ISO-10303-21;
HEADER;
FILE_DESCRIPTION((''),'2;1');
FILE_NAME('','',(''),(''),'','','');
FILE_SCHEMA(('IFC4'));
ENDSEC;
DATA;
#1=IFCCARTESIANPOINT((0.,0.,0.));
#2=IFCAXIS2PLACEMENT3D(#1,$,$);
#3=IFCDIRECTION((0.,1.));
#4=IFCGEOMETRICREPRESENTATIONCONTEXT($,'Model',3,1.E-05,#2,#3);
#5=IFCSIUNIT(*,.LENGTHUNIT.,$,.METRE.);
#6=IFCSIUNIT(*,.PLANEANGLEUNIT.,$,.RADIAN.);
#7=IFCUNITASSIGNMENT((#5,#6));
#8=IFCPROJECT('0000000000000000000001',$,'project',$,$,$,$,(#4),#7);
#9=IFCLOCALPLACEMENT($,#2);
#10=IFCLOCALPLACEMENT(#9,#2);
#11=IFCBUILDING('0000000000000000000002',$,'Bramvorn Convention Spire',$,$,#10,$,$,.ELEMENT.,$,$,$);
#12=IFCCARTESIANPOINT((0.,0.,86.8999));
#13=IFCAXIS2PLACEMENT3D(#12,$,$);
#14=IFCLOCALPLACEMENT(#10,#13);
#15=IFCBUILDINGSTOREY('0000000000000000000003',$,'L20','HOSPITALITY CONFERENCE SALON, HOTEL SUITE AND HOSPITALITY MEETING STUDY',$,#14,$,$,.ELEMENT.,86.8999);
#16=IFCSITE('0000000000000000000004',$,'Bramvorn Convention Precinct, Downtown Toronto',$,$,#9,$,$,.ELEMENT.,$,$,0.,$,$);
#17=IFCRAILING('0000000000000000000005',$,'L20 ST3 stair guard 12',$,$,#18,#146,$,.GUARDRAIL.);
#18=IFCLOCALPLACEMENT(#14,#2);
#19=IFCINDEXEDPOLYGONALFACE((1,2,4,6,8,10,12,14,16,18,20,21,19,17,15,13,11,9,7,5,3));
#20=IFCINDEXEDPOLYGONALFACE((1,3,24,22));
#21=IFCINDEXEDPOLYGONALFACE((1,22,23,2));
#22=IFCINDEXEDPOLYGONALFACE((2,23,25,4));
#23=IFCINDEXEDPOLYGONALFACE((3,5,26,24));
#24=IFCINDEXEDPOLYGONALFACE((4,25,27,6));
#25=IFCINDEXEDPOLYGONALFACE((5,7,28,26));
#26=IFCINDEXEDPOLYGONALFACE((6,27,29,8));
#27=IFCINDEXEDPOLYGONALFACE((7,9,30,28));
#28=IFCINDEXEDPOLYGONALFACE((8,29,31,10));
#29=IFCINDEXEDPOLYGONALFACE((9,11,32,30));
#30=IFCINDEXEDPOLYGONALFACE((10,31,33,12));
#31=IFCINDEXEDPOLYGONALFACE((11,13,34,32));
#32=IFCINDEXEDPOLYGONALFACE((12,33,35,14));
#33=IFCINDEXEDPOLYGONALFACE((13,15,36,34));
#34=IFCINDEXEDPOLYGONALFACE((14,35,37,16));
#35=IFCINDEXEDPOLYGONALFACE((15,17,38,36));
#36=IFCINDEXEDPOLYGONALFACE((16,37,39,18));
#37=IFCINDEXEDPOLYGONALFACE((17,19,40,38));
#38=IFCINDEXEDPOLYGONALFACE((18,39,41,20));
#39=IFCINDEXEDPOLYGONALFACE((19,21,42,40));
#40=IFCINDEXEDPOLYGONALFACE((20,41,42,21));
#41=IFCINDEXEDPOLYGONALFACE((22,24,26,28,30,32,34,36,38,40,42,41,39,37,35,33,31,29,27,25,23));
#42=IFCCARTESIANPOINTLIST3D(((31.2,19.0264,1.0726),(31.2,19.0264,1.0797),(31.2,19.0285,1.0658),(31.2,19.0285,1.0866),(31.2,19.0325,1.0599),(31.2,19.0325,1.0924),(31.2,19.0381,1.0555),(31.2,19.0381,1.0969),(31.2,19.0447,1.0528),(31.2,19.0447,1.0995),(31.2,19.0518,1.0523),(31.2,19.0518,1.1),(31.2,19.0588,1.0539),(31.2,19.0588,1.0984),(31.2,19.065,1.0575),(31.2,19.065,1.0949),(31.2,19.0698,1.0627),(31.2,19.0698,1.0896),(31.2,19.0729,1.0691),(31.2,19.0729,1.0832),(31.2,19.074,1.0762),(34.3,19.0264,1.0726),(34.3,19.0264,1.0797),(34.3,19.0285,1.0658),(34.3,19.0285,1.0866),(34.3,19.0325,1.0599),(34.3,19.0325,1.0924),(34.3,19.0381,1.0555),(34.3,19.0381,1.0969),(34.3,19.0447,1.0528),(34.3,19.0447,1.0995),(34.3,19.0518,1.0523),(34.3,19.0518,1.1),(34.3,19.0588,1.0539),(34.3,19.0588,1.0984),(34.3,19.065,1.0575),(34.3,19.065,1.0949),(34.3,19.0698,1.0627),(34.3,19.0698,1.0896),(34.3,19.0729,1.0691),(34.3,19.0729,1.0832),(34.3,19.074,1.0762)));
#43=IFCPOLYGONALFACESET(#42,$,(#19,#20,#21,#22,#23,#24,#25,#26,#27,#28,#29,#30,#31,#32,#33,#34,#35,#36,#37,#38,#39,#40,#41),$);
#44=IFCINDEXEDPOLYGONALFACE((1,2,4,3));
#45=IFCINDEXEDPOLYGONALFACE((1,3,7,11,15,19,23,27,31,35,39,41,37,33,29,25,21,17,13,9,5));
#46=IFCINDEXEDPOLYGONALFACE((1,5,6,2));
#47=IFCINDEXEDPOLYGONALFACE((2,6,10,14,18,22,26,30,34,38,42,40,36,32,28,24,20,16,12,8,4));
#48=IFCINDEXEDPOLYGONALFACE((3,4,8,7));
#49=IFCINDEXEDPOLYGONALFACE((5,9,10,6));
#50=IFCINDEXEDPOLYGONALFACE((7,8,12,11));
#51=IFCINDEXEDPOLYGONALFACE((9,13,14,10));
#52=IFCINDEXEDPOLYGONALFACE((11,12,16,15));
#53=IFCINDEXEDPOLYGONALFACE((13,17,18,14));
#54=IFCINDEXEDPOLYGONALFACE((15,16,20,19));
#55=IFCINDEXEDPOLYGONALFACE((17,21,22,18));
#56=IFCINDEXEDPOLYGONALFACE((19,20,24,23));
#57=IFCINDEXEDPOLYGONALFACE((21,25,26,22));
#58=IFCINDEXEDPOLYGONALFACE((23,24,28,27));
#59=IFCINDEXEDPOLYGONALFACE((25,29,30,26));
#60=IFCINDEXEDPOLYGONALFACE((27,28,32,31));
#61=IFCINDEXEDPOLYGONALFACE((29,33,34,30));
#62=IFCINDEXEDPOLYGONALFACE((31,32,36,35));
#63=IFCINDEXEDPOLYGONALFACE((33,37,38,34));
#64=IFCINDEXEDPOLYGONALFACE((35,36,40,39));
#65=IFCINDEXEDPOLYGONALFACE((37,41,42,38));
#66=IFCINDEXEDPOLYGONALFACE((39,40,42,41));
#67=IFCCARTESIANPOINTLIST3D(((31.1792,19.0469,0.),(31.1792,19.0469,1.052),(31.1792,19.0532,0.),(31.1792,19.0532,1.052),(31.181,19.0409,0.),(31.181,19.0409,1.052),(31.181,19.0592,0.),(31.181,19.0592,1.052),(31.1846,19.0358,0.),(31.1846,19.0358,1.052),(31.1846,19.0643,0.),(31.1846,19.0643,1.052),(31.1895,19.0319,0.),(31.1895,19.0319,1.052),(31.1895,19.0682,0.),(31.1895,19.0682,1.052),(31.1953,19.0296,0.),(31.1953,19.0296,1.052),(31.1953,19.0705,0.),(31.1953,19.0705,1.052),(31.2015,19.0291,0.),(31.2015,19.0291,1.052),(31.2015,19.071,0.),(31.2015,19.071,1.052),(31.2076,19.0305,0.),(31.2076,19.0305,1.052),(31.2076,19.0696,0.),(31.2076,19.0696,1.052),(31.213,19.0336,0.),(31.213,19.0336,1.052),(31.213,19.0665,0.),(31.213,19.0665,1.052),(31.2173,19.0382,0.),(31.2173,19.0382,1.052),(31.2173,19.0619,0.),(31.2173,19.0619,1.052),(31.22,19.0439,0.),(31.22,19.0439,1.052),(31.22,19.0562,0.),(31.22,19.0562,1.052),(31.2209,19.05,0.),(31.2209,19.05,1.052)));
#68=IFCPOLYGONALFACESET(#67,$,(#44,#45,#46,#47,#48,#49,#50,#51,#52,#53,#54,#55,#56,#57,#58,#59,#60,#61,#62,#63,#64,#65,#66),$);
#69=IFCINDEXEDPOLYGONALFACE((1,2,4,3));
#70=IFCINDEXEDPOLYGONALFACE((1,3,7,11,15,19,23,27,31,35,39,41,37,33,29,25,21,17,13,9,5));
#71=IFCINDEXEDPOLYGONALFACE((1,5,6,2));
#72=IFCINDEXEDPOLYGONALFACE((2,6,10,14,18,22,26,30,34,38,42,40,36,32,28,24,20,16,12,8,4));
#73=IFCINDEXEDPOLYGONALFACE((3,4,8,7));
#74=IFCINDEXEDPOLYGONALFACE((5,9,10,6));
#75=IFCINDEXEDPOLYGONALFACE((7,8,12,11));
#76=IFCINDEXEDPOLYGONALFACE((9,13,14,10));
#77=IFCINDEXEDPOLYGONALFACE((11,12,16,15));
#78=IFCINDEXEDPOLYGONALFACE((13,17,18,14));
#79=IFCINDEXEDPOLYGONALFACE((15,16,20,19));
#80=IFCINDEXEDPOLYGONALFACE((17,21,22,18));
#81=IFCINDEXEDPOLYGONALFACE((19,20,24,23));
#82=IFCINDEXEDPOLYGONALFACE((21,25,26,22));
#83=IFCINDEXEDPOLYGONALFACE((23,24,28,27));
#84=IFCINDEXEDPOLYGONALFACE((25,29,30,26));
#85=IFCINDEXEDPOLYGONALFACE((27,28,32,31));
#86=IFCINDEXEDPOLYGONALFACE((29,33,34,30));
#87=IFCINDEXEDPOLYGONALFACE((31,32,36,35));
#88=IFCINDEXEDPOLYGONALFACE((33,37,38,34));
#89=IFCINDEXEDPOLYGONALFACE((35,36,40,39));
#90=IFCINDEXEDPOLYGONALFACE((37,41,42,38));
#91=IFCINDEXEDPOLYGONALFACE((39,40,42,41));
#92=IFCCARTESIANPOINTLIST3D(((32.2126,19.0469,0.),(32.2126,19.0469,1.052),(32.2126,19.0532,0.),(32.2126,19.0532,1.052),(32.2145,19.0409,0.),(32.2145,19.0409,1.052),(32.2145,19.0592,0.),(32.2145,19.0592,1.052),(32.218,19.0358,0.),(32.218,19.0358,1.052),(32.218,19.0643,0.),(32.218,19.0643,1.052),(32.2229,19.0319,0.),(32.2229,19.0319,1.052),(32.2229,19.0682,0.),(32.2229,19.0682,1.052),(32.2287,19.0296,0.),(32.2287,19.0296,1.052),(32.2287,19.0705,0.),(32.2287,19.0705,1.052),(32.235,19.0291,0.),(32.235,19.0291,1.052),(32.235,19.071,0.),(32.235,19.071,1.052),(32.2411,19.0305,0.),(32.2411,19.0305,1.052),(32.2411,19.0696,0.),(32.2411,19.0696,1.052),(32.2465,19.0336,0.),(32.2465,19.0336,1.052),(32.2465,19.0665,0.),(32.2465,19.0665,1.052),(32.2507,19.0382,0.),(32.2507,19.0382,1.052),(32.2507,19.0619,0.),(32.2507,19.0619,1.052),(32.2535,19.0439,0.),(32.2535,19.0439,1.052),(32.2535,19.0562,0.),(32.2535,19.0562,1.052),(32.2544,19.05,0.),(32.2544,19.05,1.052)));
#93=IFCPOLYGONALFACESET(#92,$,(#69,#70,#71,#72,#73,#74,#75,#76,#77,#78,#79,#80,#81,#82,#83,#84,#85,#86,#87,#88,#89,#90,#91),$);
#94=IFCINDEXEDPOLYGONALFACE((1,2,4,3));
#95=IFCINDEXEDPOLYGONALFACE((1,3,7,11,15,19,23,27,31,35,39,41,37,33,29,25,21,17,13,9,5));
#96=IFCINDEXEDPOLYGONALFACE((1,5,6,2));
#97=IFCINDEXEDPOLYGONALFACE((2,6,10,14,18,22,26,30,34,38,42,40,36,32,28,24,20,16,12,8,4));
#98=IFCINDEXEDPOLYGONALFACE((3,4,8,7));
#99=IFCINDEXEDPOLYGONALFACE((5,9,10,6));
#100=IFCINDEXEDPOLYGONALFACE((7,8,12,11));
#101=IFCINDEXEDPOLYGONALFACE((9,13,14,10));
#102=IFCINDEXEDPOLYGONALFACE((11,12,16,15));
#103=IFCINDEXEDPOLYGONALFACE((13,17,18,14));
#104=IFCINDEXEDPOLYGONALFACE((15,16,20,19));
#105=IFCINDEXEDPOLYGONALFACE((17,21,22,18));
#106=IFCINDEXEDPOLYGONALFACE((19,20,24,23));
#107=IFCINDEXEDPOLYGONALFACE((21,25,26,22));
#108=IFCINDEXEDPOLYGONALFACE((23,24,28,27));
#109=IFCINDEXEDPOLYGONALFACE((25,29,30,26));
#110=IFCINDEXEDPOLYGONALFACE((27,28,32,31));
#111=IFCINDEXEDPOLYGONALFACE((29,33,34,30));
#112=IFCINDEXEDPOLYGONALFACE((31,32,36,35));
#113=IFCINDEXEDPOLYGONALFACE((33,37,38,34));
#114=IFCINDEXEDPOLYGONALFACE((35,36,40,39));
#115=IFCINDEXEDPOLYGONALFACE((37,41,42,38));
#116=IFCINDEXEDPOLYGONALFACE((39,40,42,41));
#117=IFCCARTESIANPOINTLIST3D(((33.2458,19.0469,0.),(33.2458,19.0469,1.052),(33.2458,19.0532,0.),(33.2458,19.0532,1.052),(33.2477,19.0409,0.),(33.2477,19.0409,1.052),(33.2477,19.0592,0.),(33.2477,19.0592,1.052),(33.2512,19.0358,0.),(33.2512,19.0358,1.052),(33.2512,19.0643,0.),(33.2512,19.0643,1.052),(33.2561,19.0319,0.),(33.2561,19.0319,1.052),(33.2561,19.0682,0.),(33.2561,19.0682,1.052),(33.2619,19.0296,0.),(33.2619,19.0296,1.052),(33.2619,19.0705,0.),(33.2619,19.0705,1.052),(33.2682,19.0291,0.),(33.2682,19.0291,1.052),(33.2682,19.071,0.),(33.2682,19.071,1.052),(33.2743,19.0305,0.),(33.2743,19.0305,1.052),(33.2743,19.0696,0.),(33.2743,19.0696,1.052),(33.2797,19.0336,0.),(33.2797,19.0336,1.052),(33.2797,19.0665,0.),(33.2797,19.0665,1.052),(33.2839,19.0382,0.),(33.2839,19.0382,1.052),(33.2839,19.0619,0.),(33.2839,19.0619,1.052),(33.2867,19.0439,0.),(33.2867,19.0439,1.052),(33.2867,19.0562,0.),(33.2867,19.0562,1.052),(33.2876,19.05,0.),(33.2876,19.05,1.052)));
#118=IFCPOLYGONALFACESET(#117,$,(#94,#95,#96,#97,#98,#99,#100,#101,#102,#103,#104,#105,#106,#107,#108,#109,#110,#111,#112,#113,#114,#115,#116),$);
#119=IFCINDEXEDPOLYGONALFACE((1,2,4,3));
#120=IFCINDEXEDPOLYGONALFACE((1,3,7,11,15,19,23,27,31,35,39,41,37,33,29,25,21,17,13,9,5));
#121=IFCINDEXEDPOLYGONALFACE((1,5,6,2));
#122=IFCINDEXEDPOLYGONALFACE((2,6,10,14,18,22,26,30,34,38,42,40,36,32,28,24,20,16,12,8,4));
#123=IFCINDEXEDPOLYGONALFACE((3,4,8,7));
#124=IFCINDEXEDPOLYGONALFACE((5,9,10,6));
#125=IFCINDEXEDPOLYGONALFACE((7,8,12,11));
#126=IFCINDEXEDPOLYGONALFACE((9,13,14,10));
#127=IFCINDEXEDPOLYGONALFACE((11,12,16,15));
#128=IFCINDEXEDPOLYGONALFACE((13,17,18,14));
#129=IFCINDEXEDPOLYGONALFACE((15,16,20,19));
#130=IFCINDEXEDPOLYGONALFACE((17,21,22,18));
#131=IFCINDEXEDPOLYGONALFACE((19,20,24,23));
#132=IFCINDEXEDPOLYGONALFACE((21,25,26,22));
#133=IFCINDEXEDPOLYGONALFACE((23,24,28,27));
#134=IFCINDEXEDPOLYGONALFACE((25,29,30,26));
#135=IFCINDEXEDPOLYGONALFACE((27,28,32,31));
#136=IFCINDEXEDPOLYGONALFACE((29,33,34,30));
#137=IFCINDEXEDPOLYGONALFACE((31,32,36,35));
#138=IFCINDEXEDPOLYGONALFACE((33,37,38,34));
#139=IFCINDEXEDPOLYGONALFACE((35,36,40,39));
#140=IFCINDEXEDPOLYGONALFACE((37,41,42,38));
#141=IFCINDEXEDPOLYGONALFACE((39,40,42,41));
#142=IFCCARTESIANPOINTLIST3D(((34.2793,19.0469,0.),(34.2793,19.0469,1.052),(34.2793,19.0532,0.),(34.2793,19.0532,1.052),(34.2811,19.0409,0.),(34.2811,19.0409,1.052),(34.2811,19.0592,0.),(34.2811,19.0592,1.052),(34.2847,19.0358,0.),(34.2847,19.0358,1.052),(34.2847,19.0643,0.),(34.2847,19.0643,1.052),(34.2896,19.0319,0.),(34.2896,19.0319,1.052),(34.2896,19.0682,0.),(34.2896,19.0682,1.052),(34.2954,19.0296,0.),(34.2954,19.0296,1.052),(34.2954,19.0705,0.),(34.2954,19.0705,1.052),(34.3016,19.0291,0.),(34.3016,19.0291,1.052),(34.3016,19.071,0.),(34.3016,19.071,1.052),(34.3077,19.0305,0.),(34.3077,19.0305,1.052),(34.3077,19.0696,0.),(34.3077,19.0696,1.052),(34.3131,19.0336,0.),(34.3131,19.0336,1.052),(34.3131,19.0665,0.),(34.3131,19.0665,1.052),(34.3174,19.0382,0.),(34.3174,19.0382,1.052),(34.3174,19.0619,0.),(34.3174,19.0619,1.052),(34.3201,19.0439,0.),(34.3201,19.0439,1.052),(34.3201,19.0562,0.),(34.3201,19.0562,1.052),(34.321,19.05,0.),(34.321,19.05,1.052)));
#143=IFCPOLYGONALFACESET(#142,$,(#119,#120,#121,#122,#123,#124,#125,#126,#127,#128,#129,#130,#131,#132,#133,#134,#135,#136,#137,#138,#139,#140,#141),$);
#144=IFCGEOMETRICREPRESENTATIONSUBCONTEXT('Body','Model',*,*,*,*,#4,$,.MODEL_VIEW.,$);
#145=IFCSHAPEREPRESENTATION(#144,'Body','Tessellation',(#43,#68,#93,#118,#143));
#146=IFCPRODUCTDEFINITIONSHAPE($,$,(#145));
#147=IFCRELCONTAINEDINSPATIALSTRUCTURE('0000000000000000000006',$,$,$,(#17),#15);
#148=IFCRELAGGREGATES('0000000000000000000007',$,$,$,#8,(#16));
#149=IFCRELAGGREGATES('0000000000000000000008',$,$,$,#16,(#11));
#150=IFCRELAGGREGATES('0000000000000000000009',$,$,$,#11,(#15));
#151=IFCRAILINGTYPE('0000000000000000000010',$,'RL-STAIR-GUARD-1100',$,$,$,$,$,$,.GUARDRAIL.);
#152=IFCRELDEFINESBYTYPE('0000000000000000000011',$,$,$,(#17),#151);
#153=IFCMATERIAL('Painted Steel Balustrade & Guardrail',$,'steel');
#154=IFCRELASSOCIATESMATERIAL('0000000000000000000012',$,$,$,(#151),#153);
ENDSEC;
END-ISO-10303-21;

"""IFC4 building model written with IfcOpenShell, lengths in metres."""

from ifc_helpers import new_model, si_unit, direction, frame, origin, origin_2d, place, context, subcontext, project, spatial, circle, extrude, material, type_object, element, save


model = new_model("IFC4")

# Units and contexts
model_context = context("Model", 3, precision=1e-05, world=origin(), true_north=direction((0.0, 1.0)))
body_context = subcontext(model_context, "Body", "Model", "MODEL_VIEW")
ifc_project = project(units=[si_unit("LENGTHUNIT", "METRE"), si_unit("PLANEANGLEUNIT", "RADIAN")], contexts=[model_context])

# Site, building, storey
site_placement = place(None, origin())
site = spatial("IfcSite", under=ifc_project, at=site_placement, Name="Bramvorn Convention Precinct, Downtown Toronto", CompositionType="ELEMENT", RefElevation=0.0)
building_placement = place(site_placement, origin())
building = spatial("IfcBuilding", under=site, at=building_placement, Name="Bramvorn Convention Spire", CompositionType="ELEMENT")
storey_placement = place(building_placement, frame((0.0, 0.0, 86.8999)))
storey = spatial("IfcBuildingStorey", under=building, at=storey_placement, Name="L20", Description="HOSPITALITY CONFERENCE SALON, HOTEL SUITE AND HOSPITALITY MEETING STUDY", CompositionType="ELEMENT", Elevation=86.8999)

# Railing
ifc_material_1 = material(Name="Painted Steel Balustrade & Guardrail", Category="steel")
railing_type = type_object("IfcRailingType", Name="RL-STAIR-GUARD-1100", PredefinedType="GUARDRAIL", material=ifc_material_1)
railing_1_placement = place(storey_placement, frame((31.2, 19.05, 0.0)))
element("IfcRailing", 1, at=railing_1_placement, inside=storey, type_object=railing_type, Name="L20 ST3 stair guard 12", PredefinedType="GUARDRAIL", context=body_context, shape_type="SweptSolid", body=[
    extrude(circle(Radius=0.0239, at=origin_2d()), frame((0.0, 0.0, 1.0762), z_axis=(1.0, 0.0, 0.0), x_axis=(0.0, 1.0, 0.0)), (0.0, 0.0, 1.0), 3.1001),
    extrude(circle(Radius=0.021, at=origin_2d()), origin(), (0.0, 0.0, 1.0), 1.052),
    extrude(circle(Radius=0.021, at=origin_2d()), frame((1.0334, 0.0, 0.0)), (0.0, 0.0, 1.0), 1.052),
    extrude(circle(Radius=0.021, at=origin_2d()), frame((2.0667, 0.0, 0.0)), (0.0, 0.0, 1.0), 1.052),
    extrude(circle(Radius=0.021, at=origin_2d()), frame((3.1001, 0.0, 0.0)), (0.0, 0.0, 1.0), 1.052),
])

save(model, "model.ifc")
